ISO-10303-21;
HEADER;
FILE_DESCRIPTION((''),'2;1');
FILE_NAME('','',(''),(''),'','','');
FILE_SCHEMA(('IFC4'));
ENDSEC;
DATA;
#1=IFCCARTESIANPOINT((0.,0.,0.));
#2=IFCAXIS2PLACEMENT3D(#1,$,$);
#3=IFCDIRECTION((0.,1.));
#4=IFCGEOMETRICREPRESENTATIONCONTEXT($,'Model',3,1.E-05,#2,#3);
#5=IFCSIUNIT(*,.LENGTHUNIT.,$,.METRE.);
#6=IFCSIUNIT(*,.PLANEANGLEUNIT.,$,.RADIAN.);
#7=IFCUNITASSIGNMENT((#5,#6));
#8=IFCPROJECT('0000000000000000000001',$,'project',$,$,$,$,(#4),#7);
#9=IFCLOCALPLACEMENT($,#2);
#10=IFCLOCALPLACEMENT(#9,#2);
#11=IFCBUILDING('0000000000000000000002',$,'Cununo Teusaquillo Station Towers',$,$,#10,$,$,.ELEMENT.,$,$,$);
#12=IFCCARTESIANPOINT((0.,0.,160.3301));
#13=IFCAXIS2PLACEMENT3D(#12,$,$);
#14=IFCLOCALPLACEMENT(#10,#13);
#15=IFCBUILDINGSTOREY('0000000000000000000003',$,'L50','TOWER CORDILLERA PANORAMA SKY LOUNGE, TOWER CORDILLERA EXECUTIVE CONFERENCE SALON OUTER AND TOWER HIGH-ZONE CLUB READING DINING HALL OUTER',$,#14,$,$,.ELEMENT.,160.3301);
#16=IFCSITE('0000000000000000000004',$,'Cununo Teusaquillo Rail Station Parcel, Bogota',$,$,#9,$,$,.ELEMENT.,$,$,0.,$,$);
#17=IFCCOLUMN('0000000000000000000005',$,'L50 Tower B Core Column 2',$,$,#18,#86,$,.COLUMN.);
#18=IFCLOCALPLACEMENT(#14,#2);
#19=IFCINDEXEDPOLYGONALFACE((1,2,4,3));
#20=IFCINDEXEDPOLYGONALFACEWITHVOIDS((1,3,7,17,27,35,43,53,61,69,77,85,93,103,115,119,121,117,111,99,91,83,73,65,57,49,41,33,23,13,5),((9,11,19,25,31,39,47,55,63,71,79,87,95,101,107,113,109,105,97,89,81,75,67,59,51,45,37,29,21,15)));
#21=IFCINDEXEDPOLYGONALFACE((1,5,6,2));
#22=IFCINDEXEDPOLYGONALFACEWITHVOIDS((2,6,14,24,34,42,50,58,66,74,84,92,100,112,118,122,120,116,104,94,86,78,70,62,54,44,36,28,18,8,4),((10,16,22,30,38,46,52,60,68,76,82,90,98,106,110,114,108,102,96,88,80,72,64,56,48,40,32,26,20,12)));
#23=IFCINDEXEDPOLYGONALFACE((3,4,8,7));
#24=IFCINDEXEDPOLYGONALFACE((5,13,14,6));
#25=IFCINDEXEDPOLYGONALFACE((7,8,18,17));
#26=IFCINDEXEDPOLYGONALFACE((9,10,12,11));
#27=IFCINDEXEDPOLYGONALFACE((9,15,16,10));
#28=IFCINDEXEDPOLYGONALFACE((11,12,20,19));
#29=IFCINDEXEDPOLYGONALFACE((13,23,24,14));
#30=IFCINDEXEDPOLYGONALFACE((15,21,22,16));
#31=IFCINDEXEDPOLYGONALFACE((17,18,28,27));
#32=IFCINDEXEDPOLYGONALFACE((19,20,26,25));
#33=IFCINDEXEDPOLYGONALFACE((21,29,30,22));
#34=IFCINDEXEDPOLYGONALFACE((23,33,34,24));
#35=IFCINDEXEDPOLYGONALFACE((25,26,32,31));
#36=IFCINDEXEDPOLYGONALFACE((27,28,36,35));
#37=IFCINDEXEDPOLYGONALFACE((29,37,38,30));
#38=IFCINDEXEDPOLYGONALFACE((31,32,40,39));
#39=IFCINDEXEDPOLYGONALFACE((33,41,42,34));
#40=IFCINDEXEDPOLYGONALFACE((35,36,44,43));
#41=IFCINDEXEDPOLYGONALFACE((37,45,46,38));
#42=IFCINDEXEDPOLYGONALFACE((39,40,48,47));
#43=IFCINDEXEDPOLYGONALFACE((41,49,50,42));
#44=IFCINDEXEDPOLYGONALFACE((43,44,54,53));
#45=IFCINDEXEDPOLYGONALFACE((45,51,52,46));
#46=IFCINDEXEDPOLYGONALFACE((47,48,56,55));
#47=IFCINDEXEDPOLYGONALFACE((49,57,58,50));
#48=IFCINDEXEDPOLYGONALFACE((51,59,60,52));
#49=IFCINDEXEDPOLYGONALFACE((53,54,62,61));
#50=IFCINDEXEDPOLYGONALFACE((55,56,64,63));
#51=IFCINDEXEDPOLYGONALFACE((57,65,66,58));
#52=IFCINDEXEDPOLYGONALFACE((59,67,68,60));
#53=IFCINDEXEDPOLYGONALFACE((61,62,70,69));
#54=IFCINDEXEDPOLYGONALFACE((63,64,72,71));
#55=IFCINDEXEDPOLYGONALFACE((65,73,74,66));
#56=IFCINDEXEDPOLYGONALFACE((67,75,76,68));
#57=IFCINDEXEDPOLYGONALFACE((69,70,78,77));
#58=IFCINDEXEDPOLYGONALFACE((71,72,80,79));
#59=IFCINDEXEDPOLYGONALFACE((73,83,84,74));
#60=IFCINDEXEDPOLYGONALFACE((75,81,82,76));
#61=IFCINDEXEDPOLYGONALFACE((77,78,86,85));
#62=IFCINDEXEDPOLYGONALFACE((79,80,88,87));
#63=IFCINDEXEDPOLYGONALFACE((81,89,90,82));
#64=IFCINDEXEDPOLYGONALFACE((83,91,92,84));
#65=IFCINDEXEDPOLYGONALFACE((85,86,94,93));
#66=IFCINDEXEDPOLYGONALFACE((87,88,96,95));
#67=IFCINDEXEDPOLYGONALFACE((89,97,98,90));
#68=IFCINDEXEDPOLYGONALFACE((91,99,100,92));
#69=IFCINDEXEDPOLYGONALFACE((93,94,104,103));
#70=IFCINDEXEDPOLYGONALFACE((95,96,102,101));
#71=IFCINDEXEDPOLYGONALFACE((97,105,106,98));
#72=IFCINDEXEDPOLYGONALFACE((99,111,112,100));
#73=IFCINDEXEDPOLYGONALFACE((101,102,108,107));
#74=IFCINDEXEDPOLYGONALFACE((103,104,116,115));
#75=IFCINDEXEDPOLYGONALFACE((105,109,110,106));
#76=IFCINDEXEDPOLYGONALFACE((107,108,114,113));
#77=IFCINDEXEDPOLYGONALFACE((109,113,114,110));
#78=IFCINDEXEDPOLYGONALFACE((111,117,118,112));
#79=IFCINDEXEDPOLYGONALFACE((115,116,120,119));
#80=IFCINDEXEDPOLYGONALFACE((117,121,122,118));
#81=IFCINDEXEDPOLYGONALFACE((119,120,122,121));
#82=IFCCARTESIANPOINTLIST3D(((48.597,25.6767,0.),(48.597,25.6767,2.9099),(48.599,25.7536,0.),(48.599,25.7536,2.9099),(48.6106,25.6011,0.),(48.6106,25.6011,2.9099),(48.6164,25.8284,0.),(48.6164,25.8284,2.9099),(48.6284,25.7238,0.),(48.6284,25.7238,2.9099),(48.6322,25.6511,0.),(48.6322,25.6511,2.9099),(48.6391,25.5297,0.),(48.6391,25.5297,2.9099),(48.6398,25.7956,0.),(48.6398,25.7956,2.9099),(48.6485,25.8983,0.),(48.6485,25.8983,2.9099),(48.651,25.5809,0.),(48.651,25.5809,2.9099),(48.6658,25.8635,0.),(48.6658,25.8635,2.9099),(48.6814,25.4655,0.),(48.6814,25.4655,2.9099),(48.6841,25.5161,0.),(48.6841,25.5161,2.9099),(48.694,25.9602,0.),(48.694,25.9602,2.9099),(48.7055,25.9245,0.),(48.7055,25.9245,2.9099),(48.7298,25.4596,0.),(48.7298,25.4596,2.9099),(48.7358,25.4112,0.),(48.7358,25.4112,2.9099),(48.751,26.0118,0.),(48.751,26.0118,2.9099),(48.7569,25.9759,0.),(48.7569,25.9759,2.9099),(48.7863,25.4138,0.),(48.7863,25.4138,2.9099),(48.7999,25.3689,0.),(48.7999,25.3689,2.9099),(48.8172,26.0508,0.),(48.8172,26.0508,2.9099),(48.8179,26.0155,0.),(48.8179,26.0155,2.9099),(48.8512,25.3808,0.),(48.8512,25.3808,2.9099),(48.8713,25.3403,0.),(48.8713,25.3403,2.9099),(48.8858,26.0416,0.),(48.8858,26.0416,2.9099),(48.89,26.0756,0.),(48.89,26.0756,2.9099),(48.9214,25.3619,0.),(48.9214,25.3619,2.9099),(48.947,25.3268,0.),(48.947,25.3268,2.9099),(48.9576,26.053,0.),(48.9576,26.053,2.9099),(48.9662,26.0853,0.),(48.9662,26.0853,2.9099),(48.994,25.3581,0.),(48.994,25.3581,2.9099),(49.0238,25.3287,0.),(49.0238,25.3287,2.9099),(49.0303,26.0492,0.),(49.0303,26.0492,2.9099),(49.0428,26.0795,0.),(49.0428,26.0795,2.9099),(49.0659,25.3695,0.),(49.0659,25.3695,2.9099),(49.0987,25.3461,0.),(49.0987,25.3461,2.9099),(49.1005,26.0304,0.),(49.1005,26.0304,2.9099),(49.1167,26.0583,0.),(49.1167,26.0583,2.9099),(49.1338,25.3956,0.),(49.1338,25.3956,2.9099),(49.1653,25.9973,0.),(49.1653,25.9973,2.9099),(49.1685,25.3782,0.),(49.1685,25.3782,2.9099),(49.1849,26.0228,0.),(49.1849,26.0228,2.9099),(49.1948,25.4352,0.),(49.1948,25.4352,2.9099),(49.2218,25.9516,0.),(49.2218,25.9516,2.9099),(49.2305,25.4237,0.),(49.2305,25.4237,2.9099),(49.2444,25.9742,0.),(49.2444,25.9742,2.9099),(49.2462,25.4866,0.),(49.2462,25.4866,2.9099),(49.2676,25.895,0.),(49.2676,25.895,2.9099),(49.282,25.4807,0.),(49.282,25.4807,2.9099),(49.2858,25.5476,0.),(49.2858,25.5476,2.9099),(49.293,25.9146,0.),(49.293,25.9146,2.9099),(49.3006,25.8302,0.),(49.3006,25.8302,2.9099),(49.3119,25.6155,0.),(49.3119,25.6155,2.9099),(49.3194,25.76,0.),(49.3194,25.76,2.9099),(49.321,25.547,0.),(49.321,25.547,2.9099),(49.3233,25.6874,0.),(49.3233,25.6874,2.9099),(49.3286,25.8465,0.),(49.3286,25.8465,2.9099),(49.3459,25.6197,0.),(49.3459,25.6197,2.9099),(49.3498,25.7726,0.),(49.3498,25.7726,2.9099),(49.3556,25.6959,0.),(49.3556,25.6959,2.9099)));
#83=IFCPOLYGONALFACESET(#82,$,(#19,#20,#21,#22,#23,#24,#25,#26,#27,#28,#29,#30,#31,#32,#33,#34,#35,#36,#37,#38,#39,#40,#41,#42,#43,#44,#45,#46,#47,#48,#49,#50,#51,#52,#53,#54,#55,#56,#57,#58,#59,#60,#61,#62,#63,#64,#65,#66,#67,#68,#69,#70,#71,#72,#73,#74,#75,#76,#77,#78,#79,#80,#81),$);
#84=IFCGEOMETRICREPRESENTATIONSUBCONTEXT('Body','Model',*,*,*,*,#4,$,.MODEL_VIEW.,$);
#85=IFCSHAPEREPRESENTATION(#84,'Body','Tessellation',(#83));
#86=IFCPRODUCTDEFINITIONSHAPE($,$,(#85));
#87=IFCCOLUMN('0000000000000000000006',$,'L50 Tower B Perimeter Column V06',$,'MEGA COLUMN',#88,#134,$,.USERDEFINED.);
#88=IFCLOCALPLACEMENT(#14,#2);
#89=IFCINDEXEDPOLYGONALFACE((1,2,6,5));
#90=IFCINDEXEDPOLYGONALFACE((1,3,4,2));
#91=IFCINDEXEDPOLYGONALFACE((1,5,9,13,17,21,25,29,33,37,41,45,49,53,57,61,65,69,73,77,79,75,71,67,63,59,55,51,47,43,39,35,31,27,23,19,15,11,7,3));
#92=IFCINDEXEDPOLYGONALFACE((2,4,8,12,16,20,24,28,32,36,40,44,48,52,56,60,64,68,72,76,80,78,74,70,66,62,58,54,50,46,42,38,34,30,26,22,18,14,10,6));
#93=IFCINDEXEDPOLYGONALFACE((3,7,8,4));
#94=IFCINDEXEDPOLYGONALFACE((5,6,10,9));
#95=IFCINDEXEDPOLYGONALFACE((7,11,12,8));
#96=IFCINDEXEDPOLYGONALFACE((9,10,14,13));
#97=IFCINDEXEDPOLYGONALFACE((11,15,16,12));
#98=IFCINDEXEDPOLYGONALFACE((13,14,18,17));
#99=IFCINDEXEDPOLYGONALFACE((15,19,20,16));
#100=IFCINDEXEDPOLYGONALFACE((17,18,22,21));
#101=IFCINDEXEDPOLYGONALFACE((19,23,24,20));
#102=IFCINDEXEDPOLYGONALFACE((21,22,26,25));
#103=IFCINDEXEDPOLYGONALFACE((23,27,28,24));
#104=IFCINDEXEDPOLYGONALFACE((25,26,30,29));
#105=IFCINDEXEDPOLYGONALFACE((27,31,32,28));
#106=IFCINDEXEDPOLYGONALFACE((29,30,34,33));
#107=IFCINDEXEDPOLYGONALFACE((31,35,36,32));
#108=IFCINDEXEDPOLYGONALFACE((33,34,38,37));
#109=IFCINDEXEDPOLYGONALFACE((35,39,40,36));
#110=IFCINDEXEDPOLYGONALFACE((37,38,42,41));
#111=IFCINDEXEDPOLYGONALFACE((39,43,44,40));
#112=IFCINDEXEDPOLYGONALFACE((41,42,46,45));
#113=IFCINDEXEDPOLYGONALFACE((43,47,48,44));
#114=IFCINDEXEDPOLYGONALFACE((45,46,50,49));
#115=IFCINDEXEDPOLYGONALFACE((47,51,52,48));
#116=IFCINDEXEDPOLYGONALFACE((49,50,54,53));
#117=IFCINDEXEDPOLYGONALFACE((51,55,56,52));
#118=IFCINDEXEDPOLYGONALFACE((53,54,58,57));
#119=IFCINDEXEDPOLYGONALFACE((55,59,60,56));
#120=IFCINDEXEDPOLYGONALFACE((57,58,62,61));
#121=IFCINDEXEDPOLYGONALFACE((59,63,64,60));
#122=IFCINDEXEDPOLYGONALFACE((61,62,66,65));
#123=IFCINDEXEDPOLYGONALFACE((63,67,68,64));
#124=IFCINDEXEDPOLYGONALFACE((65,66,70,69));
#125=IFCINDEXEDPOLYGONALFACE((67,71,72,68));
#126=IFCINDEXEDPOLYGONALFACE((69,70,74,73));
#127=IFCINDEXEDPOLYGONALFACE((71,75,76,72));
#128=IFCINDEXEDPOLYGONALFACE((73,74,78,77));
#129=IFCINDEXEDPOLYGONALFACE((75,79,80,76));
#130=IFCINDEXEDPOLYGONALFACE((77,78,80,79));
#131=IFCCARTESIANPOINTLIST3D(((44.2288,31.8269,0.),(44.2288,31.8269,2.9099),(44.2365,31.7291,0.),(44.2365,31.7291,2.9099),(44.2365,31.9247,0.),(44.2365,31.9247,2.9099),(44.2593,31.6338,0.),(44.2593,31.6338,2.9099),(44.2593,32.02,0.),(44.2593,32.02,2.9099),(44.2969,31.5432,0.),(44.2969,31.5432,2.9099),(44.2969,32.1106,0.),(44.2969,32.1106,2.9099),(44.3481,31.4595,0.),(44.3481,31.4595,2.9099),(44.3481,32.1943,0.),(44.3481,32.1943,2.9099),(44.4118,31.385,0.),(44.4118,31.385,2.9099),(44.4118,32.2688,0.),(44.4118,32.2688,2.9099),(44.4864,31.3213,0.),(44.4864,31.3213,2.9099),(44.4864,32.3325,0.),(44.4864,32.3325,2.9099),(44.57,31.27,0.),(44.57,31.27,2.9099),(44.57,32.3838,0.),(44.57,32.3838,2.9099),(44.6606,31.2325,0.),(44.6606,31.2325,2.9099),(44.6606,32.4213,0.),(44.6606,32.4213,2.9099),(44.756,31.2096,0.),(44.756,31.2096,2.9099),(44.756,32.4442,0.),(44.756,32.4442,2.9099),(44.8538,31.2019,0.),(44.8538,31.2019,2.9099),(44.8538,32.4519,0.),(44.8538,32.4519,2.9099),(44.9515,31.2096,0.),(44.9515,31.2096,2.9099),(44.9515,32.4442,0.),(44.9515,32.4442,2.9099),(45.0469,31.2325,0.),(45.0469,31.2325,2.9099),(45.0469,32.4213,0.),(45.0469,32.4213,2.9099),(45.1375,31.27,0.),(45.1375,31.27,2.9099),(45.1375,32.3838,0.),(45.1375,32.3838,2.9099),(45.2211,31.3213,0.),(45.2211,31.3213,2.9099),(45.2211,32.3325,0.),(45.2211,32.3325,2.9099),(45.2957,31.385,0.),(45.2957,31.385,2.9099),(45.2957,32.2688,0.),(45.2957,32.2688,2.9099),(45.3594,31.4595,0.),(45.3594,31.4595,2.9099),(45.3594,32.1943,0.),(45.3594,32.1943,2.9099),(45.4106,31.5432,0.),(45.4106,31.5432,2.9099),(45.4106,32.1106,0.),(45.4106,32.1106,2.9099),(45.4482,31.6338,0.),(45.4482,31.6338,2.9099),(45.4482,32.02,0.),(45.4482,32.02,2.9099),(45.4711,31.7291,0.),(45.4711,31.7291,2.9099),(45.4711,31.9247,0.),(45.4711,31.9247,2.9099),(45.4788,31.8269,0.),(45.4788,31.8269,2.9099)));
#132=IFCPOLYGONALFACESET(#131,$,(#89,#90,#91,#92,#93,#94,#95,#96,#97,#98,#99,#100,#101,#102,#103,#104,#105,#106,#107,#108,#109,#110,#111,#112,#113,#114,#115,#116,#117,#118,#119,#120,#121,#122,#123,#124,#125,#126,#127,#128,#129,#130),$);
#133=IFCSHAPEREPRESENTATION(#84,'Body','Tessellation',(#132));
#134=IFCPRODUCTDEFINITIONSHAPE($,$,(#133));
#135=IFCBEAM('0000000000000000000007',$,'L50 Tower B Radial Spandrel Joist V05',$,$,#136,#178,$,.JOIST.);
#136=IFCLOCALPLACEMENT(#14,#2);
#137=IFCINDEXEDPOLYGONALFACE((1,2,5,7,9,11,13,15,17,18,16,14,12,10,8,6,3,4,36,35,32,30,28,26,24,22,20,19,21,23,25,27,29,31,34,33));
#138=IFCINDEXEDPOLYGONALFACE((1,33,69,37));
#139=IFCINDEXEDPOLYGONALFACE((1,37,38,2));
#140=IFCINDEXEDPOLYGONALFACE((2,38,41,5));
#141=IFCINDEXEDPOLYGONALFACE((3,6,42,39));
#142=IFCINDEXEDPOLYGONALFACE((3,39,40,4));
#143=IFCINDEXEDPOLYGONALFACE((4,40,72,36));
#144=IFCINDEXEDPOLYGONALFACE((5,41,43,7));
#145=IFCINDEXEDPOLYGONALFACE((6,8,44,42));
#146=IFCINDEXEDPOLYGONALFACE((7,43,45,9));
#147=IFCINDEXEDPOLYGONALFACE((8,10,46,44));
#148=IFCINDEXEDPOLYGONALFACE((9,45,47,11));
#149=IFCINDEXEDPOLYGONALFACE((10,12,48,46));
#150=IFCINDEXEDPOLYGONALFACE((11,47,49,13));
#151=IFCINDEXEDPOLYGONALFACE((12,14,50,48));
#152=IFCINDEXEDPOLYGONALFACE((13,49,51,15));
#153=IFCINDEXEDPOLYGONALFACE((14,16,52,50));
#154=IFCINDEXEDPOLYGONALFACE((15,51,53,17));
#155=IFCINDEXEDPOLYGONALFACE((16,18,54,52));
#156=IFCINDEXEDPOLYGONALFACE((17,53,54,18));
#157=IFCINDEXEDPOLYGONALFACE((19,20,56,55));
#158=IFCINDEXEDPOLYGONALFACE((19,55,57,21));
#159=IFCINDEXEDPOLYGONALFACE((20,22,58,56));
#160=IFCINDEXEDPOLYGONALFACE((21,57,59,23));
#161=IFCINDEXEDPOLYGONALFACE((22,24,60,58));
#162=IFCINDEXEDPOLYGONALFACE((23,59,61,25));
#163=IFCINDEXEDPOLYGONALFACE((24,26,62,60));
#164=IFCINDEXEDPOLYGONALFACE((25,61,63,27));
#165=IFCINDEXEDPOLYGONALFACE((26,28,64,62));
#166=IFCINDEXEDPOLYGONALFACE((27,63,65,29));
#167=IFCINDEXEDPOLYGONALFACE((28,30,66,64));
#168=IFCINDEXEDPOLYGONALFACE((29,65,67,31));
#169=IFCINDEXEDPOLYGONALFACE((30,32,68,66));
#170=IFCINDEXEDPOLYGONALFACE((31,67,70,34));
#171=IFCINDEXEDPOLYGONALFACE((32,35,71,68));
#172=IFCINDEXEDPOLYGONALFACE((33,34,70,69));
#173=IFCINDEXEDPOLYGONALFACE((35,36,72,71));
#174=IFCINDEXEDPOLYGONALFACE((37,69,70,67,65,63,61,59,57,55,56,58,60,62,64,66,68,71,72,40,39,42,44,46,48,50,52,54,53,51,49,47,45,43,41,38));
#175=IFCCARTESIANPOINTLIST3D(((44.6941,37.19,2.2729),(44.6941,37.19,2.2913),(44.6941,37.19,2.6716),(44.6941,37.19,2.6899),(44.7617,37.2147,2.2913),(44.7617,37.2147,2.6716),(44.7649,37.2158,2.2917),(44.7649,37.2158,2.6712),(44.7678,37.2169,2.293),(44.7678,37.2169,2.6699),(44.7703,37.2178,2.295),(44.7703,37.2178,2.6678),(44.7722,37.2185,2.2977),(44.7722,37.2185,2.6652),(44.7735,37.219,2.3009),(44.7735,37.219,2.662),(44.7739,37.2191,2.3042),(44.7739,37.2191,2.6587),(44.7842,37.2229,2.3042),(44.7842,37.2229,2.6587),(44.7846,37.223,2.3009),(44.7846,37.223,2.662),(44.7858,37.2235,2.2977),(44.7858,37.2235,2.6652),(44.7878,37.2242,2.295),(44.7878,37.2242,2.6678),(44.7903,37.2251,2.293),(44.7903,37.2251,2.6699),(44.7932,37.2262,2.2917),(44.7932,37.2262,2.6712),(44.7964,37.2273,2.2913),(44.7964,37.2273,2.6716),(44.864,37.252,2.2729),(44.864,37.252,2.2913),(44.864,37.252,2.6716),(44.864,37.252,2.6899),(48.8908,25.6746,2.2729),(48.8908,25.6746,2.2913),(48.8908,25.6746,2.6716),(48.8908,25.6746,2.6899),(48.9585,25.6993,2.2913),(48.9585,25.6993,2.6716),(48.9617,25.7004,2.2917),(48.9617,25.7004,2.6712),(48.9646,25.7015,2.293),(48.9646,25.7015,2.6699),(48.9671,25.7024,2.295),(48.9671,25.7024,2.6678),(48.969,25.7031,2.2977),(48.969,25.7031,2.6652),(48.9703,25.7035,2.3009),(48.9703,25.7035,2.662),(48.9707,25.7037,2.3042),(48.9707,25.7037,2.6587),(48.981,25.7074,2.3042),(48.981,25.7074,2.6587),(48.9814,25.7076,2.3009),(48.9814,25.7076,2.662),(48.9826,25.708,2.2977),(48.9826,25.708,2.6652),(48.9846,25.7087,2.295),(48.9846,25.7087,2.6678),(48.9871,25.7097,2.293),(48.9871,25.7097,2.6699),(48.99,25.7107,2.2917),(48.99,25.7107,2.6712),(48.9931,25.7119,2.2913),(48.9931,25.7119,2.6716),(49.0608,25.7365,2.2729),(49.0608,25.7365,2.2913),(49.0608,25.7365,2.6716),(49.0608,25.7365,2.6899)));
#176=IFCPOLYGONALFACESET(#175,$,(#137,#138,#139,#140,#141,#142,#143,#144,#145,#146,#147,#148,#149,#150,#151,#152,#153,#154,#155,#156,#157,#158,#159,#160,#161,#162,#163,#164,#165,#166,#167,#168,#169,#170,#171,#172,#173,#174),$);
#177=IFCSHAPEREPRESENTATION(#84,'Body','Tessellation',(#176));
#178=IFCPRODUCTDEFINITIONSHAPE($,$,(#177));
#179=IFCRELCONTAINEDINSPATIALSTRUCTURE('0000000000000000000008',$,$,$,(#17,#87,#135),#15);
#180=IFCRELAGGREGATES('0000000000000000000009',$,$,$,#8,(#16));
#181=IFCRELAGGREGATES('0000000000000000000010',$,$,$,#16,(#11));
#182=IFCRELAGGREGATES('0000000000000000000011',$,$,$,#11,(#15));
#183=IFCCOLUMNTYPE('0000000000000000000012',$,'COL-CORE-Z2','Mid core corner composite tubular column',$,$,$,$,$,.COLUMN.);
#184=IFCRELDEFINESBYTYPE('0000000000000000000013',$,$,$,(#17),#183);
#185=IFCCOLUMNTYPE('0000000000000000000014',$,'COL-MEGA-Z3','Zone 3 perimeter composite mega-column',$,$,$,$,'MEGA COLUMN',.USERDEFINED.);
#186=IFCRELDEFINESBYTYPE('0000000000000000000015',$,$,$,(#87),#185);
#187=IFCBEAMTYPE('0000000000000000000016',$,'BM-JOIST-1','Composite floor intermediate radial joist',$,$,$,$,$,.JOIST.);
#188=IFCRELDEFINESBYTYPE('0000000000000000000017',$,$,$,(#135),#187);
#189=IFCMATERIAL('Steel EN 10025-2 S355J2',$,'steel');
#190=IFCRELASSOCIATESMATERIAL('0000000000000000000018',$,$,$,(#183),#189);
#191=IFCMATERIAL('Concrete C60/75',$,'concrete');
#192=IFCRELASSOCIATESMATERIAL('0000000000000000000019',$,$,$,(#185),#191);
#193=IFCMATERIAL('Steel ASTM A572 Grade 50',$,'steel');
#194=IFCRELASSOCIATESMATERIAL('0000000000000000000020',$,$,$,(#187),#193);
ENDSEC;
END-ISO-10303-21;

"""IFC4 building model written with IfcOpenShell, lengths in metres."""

from ifc_helpers import new_model, si_unit, direction, frame, origin, origin_2d, place, context, subcontext, project, spatial, circle, hollow_circle, i_section, extrude, material, material_profile, profile_set, type_object, element, save


model = new_model("IFC4")

# Units and contexts
model_context = context("Model", 3, precision=1e-05, world=origin(), true_north=direction((0.0, 1.0)))
body_context = subcontext(model_context, "Body", "Model", "MODEL_VIEW")
ifc_project = project(units=[si_unit("LENGTHUNIT", "METRE"), si_unit("PLANEANGLEUNIT", "RADIAN")], contexts=[model_context])

# Site, building, storey
site_placement = place(None, origin())
site = spatial("IfcSite", under=ifc_project, at=site_placement, Name="Cununo Teusaquillo Rail Station Parcel, Bogota", CompositionType="ELEMENT", RefElevation=0.0)
building_placement = place(site_placement, origin())
building = spatial("IfcBuilding", under=site, at=building_placement, Name="Cununo Teusaquillo Station Towers", CompositionType="ELEMENT")
storey_placement = place(building_placement, frame((0.0, 0.0, 160.3301)))
storey = spatial("IfcBuildingStorey", under=building, at=storey_placement, Name="L50", Description="TOWER CORDILLERA PANORAMA SKY LOUNGE, TOWER CORDILLERA EXECUTIVE CONFERENCE SALON OUTER AND TOWER HIGH-ZONE CLUB READING DINING HALL OUTER", CompositionType="ELEMENT", Elevation=160.3301)

# Columns
ifc_material_1 = material(Name="Steel EN 10025-2 S355J2", Category="steel")
ifc_material_profile_1 = material_profile(ifc_material_1, hollow_circle(Radius=0.3799, WallThickness=0.032, at=origin_2d()), Name="CHS 760x32")
ifc_profile_set_1 = profile_set([ifc_material_profile_1], Name="Steel EN 10025-2 S355J2")
column_type_1 = type_object("IfcColumnType", Name="COL-CORE-Z2", Description="Mid core corner composite tubular column", PredefinedType="COLUMN", material=ifc_profile_set_1)
column_1_placement = place(storey_placement, frame((48.9758, 25.7056, 0.0), z_axis=(0.0, 0.0, 1.0), x_axis=(0.707107, 0.707107, 0.0)))
element("IfcColumn", 1, at=column_1_placement, inside=storey, type_object=column_type_1, Name="L50 Tower B Core Column 2", PredefinedType="COLUMN", context=body_context, shape_type="SweptSolid", body=[
    extrude(hollow_circle(Radius=0.3799, WallThickness=0.032, at=origin_2d()), origin(), (0.0, 0.0, 1.0), 2.9099),
])
ifc_material_2 = material(Name="Concrete C60/75", Category="concrete")
ifc_material_profile_2 = material_profile(ifc_material_2, circle(Radius=0.625, at=origin_2d()), Name="RC-CIRC-1250")
ifc_profile_set_2 = profile_set([ifc_material_profile_2], Name="Concrete C60/75")
column_type_2 = type_object("IfcColumnType", Name="COL-MEGA-Z3", Description="Zone 3 perimeter composite mega-column", ElementType="MEGA COLUMN", PredefinedType="USERDEFINED", material=ifc_profile_set_2)
column_2_placement = place(storey_placement, frame((44.8538, 31.8269, 0.0), z_axis=(0.0, 0.0, 1.0), x_axis=(1.0, 0.0, 0.0)))
element("IfcColumn", 2, at=column_2_placement, inside=storey, type_object=column_type_2, Name="L50 Tower B Perimeter Column V06", ObjectType="MEGA COLUMN", PredefinedType="USERDEFINED", context=body_context, shape_type="SweptSolid", body=[
    extrude(circle(Radius=0.625, at=origin_2d()), origin(), (0.0, 0.0, 1.0), 2.9099),
])

# Beam
ifc_material_3 = material(Name="Steel ASTM A572 Grade 50", Category="steel")
ifc_material_profile_3 = material_profile(ifc_material_3, i_section(OverallWidth=0.1809, OverallDepth=0.417, WebThickness=0.011, FlangeThickness=0.0183, FilletRadius=0.0129, at=origin_2d()), Name="W16X57")
ifc_profile_set_3 = profile_set([ifc_material_profile_3], Name="Steel ASTM A572 Grade 50")
beam_type_1 = type_object("IfcBeamType", Name="BM-JOIST-1", Description="Composite floor intermediate radial joist", PredefinedType="JOIST", material=ifc_profile_set_3)
beam_1_placement = place(storey_placement, frame((48.9758, 25.7056, 2.4814), z_axis=(-0.342418, 0.939548, 0.0), x_axis=(-0.939548, -0.342418, 0.0)))
element("IfcBeam", 3, at=beam_1_placement, inside=storey, type_object=beam_type_1, Name="L50 Tower B Radial Spandrel Joist V05", PredefinedType="JOIST", context=body_context, shape_type="SweptSolid", body=[
    extrude(i_section(OverallWidth=0.1809, OverallDepth=0.417, WebThickness=0.011, FlangeThickness=0.0183, FilletRadius=0.0129, at=origin_2d()), origin(), (0.0, 0.0, 1.0), 12.2563),
])

save(model, "model.ifc")
